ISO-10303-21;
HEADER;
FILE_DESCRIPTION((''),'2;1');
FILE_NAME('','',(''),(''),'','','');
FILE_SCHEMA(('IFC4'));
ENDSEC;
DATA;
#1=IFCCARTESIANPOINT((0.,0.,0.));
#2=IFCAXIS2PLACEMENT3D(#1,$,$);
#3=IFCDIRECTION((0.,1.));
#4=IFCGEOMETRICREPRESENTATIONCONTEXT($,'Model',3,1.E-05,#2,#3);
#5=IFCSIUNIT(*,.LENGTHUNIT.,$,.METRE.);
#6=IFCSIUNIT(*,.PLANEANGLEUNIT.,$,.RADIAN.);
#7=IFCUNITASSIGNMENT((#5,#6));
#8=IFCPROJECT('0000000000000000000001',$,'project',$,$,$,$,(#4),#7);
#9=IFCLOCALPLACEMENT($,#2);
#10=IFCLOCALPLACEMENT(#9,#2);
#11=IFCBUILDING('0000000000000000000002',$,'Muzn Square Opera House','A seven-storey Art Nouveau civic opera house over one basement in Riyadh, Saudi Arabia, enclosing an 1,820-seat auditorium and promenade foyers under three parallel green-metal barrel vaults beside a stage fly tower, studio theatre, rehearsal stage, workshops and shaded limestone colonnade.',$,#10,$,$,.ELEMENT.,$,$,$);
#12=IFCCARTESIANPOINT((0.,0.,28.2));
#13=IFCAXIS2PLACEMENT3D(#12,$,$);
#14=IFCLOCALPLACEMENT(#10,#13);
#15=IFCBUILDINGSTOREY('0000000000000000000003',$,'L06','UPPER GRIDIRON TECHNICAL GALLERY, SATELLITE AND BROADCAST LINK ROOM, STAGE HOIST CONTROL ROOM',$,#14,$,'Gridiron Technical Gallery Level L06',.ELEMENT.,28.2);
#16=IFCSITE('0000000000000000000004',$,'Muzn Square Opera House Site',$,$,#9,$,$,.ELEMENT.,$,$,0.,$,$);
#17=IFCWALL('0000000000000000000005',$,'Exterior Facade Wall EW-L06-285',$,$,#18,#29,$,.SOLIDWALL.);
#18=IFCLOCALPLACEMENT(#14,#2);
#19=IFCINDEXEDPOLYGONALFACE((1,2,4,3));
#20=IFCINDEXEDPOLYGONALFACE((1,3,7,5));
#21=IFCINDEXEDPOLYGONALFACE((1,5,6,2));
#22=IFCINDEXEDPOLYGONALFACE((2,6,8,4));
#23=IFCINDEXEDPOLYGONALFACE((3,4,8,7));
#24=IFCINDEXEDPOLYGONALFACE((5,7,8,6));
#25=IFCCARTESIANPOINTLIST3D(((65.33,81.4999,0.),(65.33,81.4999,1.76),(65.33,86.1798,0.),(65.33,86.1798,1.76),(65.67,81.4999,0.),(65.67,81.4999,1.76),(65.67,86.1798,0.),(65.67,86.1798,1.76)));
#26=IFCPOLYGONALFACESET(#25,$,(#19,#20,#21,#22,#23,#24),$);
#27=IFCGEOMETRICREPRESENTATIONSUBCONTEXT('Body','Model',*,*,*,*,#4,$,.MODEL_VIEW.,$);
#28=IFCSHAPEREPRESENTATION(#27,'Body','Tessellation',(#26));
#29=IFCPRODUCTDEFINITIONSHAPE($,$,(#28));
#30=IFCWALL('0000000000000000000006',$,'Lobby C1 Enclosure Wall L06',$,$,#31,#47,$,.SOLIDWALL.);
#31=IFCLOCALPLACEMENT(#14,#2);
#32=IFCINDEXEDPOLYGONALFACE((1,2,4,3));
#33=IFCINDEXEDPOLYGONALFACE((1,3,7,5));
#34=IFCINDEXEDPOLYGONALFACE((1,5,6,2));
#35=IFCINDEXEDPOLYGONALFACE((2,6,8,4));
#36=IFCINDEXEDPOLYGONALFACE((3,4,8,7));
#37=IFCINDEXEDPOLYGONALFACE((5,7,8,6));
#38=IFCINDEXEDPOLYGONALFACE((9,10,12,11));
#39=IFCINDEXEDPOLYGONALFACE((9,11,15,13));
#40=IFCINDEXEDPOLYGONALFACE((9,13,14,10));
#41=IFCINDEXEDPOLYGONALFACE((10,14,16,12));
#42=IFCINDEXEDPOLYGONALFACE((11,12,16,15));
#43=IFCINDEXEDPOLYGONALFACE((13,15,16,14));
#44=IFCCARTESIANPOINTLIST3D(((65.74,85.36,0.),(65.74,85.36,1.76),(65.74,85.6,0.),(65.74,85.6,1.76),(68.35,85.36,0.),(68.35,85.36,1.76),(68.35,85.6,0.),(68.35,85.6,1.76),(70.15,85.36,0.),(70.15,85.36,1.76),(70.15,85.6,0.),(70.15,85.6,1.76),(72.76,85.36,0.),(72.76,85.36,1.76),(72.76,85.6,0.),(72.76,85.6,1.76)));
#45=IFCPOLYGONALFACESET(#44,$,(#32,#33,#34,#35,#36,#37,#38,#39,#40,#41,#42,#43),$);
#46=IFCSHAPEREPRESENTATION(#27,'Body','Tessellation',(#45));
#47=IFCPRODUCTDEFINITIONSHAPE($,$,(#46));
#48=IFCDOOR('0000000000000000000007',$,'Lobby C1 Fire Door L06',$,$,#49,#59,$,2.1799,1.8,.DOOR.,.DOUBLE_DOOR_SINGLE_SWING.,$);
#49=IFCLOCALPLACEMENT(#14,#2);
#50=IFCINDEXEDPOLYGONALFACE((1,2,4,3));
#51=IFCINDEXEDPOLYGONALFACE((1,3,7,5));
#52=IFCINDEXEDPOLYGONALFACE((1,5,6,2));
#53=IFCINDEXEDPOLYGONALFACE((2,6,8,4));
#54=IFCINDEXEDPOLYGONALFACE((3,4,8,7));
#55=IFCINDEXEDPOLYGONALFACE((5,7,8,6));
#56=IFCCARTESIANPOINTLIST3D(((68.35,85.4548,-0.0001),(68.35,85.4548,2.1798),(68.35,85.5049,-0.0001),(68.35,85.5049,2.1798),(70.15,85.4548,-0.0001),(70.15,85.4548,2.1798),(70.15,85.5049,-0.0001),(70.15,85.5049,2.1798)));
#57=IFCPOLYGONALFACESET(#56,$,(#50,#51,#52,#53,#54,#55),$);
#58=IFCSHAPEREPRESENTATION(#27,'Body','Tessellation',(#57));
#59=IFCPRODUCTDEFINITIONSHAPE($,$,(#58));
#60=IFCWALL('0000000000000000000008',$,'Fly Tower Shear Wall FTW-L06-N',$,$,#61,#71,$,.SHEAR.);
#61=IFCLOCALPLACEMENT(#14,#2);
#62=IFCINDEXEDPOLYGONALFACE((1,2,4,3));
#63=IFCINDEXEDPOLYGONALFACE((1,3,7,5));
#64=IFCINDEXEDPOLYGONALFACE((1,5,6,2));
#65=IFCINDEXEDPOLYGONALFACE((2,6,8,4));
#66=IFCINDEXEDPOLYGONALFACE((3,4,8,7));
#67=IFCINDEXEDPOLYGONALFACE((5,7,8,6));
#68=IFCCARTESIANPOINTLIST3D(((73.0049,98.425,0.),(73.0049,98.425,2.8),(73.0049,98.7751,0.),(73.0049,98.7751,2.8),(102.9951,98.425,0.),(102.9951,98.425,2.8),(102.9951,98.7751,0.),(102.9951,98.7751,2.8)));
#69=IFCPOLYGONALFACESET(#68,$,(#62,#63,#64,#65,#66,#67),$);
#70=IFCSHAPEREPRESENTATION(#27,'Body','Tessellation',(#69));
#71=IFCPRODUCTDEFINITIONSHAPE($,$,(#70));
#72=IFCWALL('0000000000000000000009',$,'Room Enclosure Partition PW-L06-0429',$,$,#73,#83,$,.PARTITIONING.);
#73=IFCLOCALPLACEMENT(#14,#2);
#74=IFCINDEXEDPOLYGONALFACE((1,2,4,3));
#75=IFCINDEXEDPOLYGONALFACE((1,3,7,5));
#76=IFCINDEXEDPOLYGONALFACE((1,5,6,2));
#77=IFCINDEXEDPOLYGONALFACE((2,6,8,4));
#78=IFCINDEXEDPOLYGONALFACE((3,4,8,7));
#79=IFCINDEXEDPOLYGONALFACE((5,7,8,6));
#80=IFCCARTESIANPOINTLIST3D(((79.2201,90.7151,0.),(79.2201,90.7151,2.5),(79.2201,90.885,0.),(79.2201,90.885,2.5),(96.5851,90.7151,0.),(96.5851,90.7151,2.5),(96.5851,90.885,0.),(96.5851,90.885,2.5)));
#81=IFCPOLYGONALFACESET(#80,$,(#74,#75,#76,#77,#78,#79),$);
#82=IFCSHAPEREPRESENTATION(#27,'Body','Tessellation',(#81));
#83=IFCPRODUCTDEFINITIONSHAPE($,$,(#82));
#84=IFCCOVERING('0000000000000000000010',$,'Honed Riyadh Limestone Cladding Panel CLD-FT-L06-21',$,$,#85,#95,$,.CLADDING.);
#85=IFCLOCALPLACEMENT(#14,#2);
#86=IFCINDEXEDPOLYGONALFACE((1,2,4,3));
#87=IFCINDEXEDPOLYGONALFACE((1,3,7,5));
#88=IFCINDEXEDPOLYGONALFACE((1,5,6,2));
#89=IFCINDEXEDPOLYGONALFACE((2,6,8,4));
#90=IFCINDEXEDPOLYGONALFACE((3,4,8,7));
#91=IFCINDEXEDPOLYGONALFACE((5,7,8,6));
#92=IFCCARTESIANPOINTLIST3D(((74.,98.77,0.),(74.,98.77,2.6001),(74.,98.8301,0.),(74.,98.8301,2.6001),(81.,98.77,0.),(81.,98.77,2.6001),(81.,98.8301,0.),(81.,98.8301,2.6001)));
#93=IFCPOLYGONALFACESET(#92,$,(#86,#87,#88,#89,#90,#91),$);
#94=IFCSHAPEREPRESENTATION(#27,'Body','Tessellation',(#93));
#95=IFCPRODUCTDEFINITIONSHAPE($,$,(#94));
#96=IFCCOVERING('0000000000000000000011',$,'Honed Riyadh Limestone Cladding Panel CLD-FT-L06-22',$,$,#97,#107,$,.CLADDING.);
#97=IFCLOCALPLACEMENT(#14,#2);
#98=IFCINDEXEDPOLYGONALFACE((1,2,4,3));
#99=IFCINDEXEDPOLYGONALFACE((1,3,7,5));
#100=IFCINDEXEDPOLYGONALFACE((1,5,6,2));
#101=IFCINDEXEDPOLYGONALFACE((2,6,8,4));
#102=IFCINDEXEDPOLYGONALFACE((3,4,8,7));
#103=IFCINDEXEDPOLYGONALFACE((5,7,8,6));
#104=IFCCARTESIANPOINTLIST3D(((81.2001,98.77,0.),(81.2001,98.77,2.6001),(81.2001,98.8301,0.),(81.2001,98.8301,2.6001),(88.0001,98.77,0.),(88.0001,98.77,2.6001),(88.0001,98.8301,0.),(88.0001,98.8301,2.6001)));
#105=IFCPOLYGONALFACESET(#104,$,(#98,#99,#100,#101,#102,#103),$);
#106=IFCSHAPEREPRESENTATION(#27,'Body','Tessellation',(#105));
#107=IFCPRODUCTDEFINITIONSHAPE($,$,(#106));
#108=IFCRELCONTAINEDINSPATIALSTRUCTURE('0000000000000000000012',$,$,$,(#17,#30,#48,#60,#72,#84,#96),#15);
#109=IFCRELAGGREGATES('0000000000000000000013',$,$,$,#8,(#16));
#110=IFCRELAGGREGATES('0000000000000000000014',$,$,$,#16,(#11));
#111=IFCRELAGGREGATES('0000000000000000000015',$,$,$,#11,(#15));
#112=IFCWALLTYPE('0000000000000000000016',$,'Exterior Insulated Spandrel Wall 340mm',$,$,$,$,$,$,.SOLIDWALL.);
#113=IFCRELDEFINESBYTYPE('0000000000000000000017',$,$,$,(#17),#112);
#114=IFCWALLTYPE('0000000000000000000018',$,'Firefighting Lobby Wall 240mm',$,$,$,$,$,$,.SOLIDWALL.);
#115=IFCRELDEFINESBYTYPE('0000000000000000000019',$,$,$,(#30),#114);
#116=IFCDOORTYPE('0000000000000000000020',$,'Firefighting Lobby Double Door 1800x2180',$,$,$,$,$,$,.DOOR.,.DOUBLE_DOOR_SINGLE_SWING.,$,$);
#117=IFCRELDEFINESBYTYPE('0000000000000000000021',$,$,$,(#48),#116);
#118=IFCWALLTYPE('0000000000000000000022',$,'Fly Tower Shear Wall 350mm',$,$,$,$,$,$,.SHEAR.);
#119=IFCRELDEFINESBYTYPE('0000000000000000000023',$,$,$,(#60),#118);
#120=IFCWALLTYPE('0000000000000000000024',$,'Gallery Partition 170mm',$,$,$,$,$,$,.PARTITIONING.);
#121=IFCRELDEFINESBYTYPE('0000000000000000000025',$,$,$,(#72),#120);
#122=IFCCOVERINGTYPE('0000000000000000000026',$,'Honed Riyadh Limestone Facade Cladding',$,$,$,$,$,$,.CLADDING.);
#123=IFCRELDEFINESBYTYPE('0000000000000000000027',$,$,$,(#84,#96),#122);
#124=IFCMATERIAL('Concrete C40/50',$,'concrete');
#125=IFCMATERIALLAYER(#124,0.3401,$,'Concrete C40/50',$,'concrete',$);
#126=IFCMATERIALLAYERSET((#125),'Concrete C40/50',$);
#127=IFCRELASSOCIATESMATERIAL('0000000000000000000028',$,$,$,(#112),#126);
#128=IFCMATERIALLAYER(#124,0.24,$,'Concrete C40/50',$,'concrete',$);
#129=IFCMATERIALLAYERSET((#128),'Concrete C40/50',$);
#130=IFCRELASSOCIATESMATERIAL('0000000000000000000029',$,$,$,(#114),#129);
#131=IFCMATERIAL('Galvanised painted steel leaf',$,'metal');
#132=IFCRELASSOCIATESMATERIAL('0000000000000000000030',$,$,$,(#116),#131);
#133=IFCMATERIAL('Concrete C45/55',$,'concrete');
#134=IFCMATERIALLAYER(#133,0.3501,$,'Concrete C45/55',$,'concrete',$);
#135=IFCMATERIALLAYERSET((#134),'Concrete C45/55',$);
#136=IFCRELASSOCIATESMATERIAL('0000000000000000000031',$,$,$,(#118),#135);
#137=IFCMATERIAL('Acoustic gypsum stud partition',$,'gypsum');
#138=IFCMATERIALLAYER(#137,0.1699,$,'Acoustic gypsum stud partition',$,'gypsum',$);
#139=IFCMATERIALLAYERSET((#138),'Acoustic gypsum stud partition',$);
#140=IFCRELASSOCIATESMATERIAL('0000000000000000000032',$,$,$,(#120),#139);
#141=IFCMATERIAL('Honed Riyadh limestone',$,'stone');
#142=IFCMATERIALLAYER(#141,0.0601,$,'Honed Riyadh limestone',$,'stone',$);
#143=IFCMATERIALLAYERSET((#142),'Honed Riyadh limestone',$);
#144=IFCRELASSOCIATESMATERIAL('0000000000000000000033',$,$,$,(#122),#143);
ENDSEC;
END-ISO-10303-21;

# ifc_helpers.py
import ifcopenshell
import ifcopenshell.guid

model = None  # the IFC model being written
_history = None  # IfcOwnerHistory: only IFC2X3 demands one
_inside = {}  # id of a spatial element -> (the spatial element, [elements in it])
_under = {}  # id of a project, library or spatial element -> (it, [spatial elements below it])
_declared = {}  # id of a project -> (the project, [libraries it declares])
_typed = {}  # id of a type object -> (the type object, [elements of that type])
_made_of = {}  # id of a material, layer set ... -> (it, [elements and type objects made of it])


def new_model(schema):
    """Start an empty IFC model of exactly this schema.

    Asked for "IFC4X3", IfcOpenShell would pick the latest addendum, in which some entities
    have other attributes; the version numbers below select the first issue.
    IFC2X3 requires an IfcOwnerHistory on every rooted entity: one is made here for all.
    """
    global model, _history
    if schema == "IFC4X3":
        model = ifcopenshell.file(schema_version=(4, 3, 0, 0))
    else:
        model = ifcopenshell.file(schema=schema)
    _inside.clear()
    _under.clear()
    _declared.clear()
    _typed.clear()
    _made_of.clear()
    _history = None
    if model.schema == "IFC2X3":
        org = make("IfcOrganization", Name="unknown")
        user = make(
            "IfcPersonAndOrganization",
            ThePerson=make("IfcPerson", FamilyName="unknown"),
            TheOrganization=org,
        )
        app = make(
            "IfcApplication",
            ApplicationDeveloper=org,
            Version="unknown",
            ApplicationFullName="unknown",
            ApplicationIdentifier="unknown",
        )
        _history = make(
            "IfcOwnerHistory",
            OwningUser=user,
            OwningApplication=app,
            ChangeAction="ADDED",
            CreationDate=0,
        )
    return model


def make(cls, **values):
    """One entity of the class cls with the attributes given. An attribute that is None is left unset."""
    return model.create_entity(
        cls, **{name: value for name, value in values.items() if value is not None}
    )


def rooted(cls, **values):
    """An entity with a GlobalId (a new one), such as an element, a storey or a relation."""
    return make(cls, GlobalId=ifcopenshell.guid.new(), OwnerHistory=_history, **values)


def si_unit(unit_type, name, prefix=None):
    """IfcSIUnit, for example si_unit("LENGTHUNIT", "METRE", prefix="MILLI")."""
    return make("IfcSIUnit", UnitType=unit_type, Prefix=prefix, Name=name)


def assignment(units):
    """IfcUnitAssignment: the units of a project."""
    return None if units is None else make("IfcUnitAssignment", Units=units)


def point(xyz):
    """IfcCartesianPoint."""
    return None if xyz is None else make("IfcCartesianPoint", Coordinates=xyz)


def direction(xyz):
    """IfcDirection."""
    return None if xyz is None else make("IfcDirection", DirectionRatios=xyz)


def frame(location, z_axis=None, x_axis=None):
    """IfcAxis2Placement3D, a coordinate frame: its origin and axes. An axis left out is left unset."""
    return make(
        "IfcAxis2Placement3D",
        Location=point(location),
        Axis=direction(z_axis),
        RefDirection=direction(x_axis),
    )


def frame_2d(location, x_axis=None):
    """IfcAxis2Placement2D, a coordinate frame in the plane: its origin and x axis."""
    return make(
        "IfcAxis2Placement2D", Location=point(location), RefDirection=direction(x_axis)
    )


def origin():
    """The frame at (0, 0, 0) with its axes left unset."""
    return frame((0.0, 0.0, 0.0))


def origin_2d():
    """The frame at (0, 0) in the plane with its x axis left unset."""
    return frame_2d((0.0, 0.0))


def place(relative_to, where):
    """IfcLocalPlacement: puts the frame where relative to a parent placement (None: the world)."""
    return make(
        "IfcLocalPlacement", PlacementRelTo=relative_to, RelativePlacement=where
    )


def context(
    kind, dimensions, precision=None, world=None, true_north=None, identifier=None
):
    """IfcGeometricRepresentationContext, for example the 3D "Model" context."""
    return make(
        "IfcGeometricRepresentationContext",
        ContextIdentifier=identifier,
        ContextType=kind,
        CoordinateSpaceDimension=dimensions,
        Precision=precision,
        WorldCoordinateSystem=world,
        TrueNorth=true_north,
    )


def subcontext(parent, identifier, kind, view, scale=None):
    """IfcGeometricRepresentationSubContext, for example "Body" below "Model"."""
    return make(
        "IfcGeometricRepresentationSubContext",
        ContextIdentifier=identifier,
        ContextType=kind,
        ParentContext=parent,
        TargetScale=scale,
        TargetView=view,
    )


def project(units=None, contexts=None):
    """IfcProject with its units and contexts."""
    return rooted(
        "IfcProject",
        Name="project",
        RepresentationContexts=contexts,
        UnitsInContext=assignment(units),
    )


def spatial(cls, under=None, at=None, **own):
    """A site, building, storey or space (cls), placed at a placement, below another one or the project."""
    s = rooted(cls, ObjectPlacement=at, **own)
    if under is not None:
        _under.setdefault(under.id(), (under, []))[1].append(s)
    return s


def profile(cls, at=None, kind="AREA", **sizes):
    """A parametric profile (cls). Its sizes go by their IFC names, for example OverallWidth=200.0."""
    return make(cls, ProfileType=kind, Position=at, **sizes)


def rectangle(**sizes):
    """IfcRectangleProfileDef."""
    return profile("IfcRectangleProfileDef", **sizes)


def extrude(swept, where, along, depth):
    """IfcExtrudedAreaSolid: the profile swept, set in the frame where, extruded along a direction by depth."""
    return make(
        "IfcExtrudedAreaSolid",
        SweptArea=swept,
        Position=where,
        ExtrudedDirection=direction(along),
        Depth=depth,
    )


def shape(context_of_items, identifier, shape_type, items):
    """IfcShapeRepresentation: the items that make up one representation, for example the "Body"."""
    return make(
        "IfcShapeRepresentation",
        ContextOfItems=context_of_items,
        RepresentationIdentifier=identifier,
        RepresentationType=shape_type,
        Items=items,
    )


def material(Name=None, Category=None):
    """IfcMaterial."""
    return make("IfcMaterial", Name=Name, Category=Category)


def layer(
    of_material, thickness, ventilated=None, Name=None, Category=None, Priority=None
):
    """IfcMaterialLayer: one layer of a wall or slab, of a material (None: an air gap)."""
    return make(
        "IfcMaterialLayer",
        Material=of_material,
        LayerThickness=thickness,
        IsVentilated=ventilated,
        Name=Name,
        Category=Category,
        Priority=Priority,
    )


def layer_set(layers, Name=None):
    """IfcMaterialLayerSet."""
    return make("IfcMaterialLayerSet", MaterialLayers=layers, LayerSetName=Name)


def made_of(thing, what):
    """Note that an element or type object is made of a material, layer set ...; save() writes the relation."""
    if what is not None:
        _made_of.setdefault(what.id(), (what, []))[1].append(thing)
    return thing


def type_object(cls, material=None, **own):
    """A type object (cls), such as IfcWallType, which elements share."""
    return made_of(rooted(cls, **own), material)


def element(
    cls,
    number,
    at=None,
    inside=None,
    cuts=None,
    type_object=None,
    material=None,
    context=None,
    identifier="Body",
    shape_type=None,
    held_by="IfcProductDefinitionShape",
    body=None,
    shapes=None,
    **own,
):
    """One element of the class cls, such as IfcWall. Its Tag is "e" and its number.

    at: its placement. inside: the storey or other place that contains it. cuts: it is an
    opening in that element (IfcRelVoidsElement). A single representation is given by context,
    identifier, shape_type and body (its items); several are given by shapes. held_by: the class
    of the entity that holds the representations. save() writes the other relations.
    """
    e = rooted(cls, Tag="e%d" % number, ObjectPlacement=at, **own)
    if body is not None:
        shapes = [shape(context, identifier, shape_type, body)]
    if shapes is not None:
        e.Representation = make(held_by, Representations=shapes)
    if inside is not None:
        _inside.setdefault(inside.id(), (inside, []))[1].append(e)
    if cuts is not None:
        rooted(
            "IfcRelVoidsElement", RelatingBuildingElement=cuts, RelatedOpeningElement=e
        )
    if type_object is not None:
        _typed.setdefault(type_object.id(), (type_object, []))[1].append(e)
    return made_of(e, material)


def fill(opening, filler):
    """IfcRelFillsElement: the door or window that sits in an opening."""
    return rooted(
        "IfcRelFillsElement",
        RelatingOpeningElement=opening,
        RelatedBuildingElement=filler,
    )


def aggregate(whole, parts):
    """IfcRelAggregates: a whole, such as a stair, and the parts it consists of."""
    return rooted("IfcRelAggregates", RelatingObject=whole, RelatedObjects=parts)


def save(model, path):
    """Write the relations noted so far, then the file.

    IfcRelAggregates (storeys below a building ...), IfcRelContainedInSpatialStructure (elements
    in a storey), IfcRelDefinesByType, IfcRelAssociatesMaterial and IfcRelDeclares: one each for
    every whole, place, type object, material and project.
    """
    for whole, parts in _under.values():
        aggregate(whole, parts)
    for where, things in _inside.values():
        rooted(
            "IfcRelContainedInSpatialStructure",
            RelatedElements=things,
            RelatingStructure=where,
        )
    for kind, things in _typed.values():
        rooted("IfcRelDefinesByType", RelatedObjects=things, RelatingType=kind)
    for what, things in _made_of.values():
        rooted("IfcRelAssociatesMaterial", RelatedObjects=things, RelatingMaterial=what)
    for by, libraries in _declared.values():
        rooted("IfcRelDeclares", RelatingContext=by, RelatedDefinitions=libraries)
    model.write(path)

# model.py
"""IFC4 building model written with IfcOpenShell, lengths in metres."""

from ifc_helpers import new_model, si_unit, direction, frame, frame_2d, origin, origin_2d, place, context, subcontext, project, spatial, rectangle, extrude, material, layer, layer_set, type_object, element, fill, save


model = new_model("IFC4")

# Units and contexts
model_context = context("Model", 3, precision=1e-05, world=origin(), true_north=direction((0.0, 1.0)))
body_context = subcontext(model_context, "Body", "Model", "MODEL_VIEW")
ifc_project = project(units=[si_unit("LENGTHUNIT", "METRE"), si_unit("PLANEANGLEUNIT", "RADIAN")], contexts=[model_context])

# Site, building, storey
site_placement = place(None, origin())
site = spatial("IfcSite", under=ifc_project, at=site_placement, Name="Muzn Square Opera House Site", CompositionType="ELEMENT", RefElevation=0.0)
building_placement = place(site_placement, origin())
building = spatial("IfcBuilding", under=site, at=building_placement, Name="Muzn Square Opera House", Description="A seven-storey Art Nouveau civic opera house over one basement in Riyadh, Saudi Arabia, enclosing an 1,820-seat auditorium and promenade foyers under three parallel green-metal barrel vaults beside a stage fly tower, studio theatre, rehearsal stage, workshops and shaded limestone colonnade.", CompositionType="ELEMENT")
storey_placement = place(building_placement, frame((0.0, 0.0, 28.2)))
storey = spatial("IfcBuildingStorey", under=building, at=storey_placement, Name="L06", Description="UPPER GRIDIRON TECHNICAL GALLERY, SATELLITE AND BROADCAST LINK ROOM, STAGE HOIST CONTROL ROOM", LongName="Gridiron Technical Gallery Level L06", CompositionType="ELEMENT", Elevation=28.2)

# Shared definitions
ifc_material_1 = material(Name="Concrete C45/55", Category="concrete")

# Shared definitions
ifc_material_2 = material(Name="Concrete C40/50", Category="concrete")

# Shared definitions
ifc_material_3 = material(Name="Galvanised painted steel leaf", Category="metal")

# Wall
ifc_layer_1 = layer(ifc_material_2, 0.3401, Name="Concrete C40/50", Category="concrete")
ifc_layer_set_1 = layer_set([ifc_layer_1], Name="Concrete C40/50")
wall_type_1 = type_object("IfcWallType", Name="Exterior Insulated Spandrel Wall 340mm", PredefinedType="SOLIDWALL", material=ifc_layer_set_1)
wall_1_placement = place(storey_placement, frame((65.5, 81.5, 0.0), z_axis=(0.0, 0.0, 1.0), x_axis=(0.0, 1.0, 0.0)))
element("IfcWall", 1, at=wall_1_placement, inside=storey, type_object=wall_type_1, Name="Exterior Facade Wall EW-L06-285", PredefinedType="SOLIDWALL", context=body_context, shape_type="SweptSolid", body=[
    extrude(rectangle(XDim=4.6799, YDim=0.3401, at=frame_2d((2.3398, 0.0))), origin(), (0.0, 0.0, 1.0), 1.76),
])

# Wall, opening, door
ifc_layer_2 = layer(ifc_material_2, 0.24, Name="Concrete C40/50", Category="concrete")
ifc_layer_set_2 = layer_set([ifc_layer_2], Name="Concrete C40/50")
wall_type_2 = type_object("IfcWallType", Name="Firefighting Lobby Wall 240mm", PredefinedType="SOLIDWALL", material=ifc_layer_set_2)
wall_2_placement = place(storey_placement, frame((65.74, 85.48, 0.0), z_axis=(0.0, 0.0, 1.0), x_axis=(1.0, 0.0, 0.0)))
wall_2 = element("IfcWall", 2, at=wall_2_placement, inside=storey, type_object=wall_type_2, Name="Lobby C1 Enclosure Wall L06", PredefinedType="SOLIDWALL", context=body_context, shape_type="SweptSolid", body=[
    extrude(rectangle(XDim=7.02, YDim=0.24, at=frame_2d((3.51, 0.0))), origin(), (0.0, 0.0, 1.0), 1.76),
])
opening_1_placement = place(wall_2_placement, frame((2.6101, 0.0, 0.0)))
opening_1 = element("IfcOpeningElement", 3, at=opening_1_placement, cuts=wall_2, PredefinedType="OPENING", context=body_context, shape_type="SweptSolid", body=[
    extrude(rectangle(XDim=1.8, YDim=2.1799, at=frame_2d((0.8999, 1.0898))), frame((0.0, 0.1299, 0.0), z_axis=(0.0, -1.0, 0.0), x_axis=(1.0, 0.0, 0.0)), (0.0, 0.0, 1.0), 0.26),
])
door_type_1 = type_object("IfcDoorType", Name="Firefighting Lobby Double Door 1800x2180", OperationType="DOUBLE_DOOR_SINGLE_SWING", PredefinedType="DOOR", material=ifc_material_3)
door_1_placement = place(opening_1_placement, origin())
door_1 = element("IfcDoor", 4, at=door_1_placement, inside=storey, type_object=door_type_1, Name="Lobby C1 Fire Door L06", OperationType="DOUBLE_DOOR_SINGLE_SWING", OverallHeight=2.1799, OverallWidth=1.8, PredefinedType="DOOR", context=body_context, shape_type="SweptSolid", body=[
    extrude(rectangle(XDim=1.8, YDim=2.1799, at=frame_2d((0.8999, 1.0898))), frame((0.0, 0.0249, 0.0), z_axis=(0.0, -1.0, 0.0), x_axis=(1.0, 0.0, 0.0)), (0.0, 0.0, 1.0), 0.05),
])
fill(opening_1, door_1)

# Wall
ifc_layer_3 = layer(ifc_material_1, 0.3501, Name="Concrete C45/55", Category="concrete")
ifc_layer_set_3 = layer_set([ifc_layer_3], Name="Concrete C45/55")
wall_type_3 = type_object("IfcWallType", Name="Fly Tower Shear Wall 350mm", PredefinedType="SHEAR", material=ifc_layer_set_3)
wall_3_placement = place(storey_placement, frame((73.0049, 98.6001, 0.0), z_axis=(0.0, 0.0, 1.0), x_axis=(1.0, 0.0, 0.0)))
element("IfcWall", 5, at=wall_3_placement, inside=storey, type_object=wall_type_3, Name="Fly Tower Shear Wall FTW-L06-N", PredefinedType="SHEAR", context=body_context, shape_type="SweptSolid", body=[
    extrude(rectangle(XDim=29.9902, YDim=0.3501, at=frame_2d((14.9951, 0.0))), origin(), (0.0, 0.0, 1.0), 2.8),
])

# Shared definitions
ifc_material_4 = material(Name="Acoustic gypsum stud partition", Category="gypsum")
ifc_layer_4 = layer(ifc_material_4, 0.1699, Name="Acoustic gypsum stud partition", Category="gypsum")
ifc_layer_set_4 = layer_set([ifc_layer_4], Name="Acoustic gypsum stud partition")
wall_type_4 = type_object("IfcWallType", Name="Gallery Partition 170mm", PredefinedType="PARTITIONING", material=ifc_layer_set_4)

# Wall
wall_4_placement = place(storey_placement, frame((79.22, 90.8, 0.0), z_axis=(0.0, 0.0, 1.0), x_axis=(1.0, 0.0, 0.0)))
element("IfcWall", 6, at=wall_4_placement, inside=storey, type_object=wall_type_4, Name="Room Enclosure Partition PW-L06-0429", PredefinedType="PARTITIONING", context=body_context, shape_type="SweptSolid", body=[
    extrude(rectangle(XDim=17.365, YDim=0.1699, at=frame_2d((8.6826, 0.0))), origin(), (0.0, 0.0, 1.0), 2.5),
])

# Coverings
ifc_material_5 = material(Name="Honed Riyadh limestone", Category="stone")
ifc_layer_5 = layer(ifc_material_5, 0.0601, Name="Honed Riyadh limestone", Category="stone")
ifc_layer_set_5 = layer_set([ifc_layer_5], Name="Honed Riyadh limestone")
covering_type = type_object("IfcCoveringType", Name="Honed Riyadh Limestone Facade Cladding", PredefinedType="CLADDING", material=ifc_layer_set_5)
covering_1_placement = place(storey_placement, frame((77.5, 98.8, 0.0), z_axis=(0.0, 0.0, 1.0), x_axis=(1.0, 0.0, 0.0)))
element("IfcCovering", 7, at=covering_1_placement, inside=storey, type_object=covering_type, Name="Honed Riyadh Limestone Cladding Panel CLD-FT-L06-21", PredefinedType="CLADDING", context=body_context, shape_type="SweptSolid", body=[
    extrude(rectangle(XDim=7.0, YDim=0.0601, at=origin_2d()), origin(), (0.0, 0.0, 1.0), 2.6001),
])
covering_2_placement = place(storey_placement, frame((84.6001, 98.8, 0.0), z_axis=(0.0, 0.0, 1.0), x_axis=(1.0, 0.0, 0.0)))
element("IfcCovering", 8, at=covering_2_placement, inside=storey, type_object=covering_type, Name="Honed Riyadh Limestone Cladding Panel CLD-FT-L06-22", PredefinedType="CLADDING", context=body_context, shape_type="SweptSolid", body=[
    extrude(rectangle(XDim=6.8, YDim=0.0601, at=origin_2d()), origin(), (0.0, 0.0, 1.0), 2.6001),
])

save(model, "model.ifc")
